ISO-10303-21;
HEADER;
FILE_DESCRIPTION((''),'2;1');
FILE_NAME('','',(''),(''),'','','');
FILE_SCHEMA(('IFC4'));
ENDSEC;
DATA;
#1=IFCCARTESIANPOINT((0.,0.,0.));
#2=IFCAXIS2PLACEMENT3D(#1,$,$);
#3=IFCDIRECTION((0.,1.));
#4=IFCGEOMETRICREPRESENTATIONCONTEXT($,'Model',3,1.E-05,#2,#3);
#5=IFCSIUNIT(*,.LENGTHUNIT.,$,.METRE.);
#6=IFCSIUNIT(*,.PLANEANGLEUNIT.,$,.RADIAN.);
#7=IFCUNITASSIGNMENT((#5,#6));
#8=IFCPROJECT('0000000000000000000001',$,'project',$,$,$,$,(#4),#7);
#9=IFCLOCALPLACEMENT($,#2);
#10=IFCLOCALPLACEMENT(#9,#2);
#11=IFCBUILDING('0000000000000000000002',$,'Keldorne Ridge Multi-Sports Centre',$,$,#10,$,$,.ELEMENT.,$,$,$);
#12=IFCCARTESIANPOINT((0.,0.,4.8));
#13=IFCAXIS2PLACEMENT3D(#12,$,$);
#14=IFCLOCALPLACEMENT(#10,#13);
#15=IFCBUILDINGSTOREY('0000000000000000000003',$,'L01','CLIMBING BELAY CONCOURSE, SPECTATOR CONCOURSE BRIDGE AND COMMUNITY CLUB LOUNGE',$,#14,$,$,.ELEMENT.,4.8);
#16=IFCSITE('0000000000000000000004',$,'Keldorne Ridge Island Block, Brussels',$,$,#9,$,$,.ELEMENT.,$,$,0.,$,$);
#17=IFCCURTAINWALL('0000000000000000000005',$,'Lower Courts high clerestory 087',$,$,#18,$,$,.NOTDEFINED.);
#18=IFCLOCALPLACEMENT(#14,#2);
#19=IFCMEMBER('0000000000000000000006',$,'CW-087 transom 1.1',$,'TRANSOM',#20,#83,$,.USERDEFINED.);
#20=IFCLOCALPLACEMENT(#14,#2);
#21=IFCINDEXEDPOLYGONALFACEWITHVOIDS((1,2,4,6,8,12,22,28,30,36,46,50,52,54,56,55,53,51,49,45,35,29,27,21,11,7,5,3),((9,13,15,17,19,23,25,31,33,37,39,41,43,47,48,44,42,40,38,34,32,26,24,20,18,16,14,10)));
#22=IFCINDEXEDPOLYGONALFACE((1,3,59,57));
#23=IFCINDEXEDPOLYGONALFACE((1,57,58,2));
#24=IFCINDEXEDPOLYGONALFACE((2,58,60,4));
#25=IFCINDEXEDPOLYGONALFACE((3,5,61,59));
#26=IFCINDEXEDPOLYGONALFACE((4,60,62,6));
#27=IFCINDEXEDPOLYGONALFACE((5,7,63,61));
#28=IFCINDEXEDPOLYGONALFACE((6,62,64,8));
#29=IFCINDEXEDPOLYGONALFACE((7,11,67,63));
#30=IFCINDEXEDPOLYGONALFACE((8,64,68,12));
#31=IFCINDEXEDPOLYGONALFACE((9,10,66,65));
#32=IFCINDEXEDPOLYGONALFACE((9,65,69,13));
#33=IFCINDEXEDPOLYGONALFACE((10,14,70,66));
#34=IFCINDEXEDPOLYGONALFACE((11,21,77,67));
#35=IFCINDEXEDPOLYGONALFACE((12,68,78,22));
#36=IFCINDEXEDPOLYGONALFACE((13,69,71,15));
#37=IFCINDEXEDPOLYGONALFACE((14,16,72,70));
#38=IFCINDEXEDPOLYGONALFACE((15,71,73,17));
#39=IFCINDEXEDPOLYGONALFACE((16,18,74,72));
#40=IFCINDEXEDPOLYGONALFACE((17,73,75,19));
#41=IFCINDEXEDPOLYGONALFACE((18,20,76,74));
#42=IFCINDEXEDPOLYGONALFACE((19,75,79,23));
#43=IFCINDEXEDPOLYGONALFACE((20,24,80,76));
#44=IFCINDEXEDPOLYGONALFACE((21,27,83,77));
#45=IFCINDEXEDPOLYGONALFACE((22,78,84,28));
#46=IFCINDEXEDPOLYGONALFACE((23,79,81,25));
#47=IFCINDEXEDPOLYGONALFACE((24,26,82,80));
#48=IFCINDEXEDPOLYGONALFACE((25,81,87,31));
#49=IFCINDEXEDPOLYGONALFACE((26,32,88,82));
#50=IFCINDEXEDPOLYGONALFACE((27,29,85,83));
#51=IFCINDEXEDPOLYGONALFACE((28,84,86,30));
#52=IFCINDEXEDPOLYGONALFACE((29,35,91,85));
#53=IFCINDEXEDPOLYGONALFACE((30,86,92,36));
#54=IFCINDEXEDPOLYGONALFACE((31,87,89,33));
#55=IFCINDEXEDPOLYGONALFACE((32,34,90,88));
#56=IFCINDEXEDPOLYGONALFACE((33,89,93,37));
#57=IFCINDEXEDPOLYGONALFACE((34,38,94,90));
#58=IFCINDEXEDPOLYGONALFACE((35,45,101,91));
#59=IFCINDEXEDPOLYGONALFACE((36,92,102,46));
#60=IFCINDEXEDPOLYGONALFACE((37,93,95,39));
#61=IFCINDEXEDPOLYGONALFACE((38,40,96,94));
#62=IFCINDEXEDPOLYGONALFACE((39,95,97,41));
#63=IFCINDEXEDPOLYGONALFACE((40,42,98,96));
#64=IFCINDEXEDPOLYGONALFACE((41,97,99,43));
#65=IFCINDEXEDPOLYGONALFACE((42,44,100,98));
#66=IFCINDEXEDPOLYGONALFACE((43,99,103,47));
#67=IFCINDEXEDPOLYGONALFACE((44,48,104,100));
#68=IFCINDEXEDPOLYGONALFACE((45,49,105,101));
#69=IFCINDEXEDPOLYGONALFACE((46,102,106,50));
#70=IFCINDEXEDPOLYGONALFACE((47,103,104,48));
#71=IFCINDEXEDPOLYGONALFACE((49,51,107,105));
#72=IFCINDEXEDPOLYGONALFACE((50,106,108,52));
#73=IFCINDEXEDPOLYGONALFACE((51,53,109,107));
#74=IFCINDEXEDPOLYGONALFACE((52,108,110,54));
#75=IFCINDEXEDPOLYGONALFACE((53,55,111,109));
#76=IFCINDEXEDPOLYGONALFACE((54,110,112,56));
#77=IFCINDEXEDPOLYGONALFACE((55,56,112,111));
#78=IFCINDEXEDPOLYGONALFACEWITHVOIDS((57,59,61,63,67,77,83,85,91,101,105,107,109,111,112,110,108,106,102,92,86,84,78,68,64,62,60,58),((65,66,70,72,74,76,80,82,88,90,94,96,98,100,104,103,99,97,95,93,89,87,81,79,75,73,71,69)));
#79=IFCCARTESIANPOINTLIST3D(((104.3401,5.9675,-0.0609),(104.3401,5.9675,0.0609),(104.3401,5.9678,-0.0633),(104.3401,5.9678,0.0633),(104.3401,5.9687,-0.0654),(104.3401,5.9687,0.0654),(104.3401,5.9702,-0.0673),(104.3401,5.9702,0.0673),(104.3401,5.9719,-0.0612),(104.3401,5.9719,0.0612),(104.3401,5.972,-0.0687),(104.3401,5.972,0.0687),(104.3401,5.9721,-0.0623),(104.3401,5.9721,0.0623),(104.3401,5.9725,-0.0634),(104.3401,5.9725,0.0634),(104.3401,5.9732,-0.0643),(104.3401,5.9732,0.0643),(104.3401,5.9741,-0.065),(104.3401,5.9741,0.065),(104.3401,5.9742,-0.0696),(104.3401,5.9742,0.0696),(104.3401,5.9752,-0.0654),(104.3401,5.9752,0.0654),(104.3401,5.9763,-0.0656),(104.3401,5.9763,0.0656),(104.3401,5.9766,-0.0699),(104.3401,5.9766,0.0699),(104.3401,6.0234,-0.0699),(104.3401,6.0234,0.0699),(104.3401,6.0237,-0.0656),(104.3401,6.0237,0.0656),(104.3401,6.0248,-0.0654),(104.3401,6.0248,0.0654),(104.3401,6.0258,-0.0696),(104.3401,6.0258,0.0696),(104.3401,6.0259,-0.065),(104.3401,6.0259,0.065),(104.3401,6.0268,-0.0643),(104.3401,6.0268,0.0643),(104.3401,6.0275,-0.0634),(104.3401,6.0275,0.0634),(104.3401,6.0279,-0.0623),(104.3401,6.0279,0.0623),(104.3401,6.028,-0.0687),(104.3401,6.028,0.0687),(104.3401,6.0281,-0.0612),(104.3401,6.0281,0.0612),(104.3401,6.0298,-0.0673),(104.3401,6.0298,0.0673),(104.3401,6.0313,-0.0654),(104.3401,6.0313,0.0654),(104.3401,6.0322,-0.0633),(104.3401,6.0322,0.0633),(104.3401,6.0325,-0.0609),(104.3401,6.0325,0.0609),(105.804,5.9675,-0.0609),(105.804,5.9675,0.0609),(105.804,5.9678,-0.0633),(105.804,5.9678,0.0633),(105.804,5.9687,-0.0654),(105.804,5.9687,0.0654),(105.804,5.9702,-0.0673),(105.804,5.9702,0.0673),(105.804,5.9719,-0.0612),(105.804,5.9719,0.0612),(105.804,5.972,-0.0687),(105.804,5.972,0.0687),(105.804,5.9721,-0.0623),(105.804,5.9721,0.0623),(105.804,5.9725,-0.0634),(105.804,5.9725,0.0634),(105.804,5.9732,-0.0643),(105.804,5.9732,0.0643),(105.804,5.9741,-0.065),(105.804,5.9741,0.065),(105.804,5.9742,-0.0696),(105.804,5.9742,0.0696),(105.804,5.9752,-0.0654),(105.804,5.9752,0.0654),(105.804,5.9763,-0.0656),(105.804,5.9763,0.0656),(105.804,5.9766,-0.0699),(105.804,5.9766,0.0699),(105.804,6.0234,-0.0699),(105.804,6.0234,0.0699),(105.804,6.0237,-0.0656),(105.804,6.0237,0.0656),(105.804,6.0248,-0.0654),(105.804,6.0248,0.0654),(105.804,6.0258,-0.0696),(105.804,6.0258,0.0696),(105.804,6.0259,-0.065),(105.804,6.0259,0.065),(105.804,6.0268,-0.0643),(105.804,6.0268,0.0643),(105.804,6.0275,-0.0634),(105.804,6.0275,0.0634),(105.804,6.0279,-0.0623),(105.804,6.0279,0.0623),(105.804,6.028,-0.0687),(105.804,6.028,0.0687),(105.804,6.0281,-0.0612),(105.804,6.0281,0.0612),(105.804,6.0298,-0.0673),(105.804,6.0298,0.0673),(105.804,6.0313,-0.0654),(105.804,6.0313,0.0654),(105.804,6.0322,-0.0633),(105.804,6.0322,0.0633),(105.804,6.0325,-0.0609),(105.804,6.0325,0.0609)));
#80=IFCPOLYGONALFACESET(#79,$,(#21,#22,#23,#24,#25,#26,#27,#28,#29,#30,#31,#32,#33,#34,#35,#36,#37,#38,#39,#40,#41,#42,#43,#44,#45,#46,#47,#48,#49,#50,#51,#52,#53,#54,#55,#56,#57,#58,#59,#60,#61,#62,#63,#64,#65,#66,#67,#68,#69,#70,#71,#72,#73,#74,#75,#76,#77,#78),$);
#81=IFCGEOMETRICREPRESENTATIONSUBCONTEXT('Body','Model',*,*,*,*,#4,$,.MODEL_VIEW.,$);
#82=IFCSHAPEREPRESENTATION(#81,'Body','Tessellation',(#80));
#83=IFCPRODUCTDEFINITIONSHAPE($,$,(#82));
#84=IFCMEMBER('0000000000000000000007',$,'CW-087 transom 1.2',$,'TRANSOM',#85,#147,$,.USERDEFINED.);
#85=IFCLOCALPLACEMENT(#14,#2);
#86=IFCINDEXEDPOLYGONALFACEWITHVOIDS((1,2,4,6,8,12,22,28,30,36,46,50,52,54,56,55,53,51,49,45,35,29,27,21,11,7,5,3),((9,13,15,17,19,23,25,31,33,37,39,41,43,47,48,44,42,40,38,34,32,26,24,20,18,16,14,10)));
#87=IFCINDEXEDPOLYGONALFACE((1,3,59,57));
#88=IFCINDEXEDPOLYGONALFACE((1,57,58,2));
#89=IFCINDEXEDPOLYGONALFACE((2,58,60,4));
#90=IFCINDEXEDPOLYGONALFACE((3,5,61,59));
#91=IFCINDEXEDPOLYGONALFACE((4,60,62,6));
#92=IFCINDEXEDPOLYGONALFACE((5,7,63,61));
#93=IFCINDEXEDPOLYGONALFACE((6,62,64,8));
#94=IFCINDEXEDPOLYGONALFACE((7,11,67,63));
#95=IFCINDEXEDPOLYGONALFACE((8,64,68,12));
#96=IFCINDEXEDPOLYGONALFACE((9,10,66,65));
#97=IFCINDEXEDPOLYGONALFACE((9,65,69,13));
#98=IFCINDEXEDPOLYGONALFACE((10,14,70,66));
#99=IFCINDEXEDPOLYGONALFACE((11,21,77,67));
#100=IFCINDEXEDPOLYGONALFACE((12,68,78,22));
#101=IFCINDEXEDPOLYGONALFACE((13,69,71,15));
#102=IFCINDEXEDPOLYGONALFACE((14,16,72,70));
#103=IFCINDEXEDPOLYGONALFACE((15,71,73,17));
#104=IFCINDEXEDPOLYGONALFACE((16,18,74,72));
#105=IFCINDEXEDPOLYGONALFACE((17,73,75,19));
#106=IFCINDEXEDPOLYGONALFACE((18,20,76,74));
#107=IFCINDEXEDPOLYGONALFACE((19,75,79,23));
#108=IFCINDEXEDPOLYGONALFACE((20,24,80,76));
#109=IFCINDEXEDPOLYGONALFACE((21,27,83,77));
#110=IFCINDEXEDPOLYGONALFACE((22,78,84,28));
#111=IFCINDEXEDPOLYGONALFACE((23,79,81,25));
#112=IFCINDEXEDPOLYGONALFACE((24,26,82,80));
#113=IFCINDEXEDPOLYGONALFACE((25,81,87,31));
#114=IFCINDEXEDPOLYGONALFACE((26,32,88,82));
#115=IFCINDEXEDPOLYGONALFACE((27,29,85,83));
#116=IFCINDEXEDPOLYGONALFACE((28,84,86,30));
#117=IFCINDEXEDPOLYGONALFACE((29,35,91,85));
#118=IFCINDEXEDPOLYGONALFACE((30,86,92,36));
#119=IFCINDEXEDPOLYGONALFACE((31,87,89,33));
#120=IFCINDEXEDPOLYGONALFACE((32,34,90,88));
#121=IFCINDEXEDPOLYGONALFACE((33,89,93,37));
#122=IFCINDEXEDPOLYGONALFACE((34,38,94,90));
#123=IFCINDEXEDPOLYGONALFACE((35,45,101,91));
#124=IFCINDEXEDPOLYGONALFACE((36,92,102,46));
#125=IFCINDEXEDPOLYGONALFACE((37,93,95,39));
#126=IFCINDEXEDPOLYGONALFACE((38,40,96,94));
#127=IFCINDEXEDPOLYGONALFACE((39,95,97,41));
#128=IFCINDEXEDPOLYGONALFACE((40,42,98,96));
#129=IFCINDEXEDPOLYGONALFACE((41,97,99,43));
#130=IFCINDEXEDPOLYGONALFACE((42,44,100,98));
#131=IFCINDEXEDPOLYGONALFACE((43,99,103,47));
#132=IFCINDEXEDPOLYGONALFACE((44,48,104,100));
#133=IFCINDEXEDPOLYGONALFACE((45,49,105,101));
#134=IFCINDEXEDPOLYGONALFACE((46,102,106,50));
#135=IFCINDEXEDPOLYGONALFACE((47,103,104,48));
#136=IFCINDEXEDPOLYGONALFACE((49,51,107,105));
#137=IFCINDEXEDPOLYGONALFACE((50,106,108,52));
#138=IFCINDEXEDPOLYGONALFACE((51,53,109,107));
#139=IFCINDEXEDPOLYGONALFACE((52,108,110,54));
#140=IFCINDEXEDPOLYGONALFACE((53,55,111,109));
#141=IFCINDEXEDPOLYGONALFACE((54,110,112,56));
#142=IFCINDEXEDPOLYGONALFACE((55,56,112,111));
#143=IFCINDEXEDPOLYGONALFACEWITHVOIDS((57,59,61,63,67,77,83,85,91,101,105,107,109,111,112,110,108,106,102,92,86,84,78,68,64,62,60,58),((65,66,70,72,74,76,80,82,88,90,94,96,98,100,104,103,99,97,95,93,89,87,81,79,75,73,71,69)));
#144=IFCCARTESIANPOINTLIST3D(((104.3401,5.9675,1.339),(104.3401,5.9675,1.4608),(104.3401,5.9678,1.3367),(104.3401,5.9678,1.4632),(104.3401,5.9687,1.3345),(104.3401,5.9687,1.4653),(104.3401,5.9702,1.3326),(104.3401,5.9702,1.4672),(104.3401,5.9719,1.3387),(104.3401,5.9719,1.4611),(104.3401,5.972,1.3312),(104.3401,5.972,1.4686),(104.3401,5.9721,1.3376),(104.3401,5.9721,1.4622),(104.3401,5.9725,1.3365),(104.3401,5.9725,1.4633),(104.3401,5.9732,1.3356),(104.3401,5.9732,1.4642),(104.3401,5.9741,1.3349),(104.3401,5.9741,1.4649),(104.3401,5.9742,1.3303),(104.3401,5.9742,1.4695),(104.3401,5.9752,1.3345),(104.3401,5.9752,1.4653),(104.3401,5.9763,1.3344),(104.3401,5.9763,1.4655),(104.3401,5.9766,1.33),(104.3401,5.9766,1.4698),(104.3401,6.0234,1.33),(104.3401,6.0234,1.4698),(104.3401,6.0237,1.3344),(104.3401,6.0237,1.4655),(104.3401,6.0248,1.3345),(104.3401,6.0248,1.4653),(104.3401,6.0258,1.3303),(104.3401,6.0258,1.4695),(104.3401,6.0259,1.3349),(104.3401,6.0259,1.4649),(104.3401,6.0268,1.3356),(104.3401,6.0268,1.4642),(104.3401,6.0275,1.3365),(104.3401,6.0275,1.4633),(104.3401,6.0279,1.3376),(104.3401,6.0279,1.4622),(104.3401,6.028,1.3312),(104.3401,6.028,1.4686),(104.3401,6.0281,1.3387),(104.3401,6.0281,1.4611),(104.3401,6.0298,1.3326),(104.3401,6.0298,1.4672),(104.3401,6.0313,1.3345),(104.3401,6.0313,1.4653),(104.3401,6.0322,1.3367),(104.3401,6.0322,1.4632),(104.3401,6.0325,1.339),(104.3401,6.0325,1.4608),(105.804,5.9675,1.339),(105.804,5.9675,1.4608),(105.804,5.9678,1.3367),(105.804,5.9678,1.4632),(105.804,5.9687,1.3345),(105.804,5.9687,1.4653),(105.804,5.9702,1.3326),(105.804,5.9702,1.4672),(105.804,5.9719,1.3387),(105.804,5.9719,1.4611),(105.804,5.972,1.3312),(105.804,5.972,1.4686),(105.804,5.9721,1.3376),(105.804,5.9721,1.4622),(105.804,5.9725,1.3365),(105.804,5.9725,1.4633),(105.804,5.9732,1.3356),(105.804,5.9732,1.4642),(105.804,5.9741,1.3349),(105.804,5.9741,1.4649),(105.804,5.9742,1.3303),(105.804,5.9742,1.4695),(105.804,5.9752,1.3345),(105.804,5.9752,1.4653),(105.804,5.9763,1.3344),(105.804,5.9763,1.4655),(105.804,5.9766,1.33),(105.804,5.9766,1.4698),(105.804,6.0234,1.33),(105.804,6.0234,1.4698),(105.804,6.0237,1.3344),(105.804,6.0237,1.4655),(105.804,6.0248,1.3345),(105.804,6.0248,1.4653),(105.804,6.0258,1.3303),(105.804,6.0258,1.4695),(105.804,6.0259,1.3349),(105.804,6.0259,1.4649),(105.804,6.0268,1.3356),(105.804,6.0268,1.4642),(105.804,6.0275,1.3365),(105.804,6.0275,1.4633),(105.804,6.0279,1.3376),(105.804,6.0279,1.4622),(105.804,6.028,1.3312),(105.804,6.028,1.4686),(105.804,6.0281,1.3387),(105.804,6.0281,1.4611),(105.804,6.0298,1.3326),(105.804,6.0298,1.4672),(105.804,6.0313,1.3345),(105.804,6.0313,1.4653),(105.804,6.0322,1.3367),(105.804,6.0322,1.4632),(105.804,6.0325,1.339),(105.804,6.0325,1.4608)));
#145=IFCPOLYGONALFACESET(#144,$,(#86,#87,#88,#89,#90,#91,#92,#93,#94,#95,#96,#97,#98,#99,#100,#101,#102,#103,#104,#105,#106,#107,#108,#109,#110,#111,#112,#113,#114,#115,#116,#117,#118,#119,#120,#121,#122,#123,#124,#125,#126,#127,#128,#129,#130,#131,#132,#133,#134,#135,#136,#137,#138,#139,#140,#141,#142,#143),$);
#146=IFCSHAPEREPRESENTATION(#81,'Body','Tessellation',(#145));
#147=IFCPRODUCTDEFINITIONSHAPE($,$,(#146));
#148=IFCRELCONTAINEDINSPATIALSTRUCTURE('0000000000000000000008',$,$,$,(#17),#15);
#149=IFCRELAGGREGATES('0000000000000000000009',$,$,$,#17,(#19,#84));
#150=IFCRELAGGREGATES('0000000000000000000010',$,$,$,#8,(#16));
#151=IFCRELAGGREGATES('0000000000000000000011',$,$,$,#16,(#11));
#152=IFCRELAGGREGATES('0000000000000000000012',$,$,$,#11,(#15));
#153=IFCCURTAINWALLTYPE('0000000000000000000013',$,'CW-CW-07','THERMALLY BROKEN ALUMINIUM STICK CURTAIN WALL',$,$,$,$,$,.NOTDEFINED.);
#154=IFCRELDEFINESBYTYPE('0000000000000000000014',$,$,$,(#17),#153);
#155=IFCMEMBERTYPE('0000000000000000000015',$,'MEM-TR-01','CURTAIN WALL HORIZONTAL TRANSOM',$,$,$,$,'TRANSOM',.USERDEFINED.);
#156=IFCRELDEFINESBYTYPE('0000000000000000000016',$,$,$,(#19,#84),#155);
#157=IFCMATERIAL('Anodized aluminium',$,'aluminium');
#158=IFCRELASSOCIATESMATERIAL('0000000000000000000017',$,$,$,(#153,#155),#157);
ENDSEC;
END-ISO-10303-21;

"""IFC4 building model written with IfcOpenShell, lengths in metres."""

from ifc_helpers import new_model, si_unit, direction, frame, origin, origin_2d, place, context, subcontext, project, spatial, hollow_rectangle, extrude, material, material_profile, profile_set, type_object, element, aggregate, save


model = new_model("IFC4")

# Units and contexts
model_context = context("Model", 3, precision=1e-05, world=origin(), true_north=direction((0.0, 1.0)))
body_context = subcontext(model_context, "Body", "Model", "MODEL_VIEW")
ifc_project = project(units=[si_unit("LENGTHUNIT", "METRE"), si_unit("PLANEANGLEUNIT", "RADIAN")], contexts=[model_context])

# Site, building, storey
site_placement = place(None, origin())
site = spatial("IfcSite", under=ifc_project, at=site_placement, Name="Keldorne Ridge Island Block, Brussels", CompositionType="ELEMENT", RefElevation=0.0)
building_placement = place(site_placement, origin())
building = spatial("IfcBuilding", under=site, at=building_placement, Name="Keldorne Ridge Multi-Sports Centre", CompositionType="ELEMENT")
storey_placement = place(building_placement, frame((0.0, 0.0, 4.8)))
storey = spatial("IfcBuildingStorey", under=building, at=storey_placement, Name="L01", Description="CLIMBING BELAY CONCOURSE, SPECTATOR CONCOURSE BRIDGE AND COMMUNITY CLUB LOUNGE", CompositionType="ELEMENT", Elevation=4.8)

# Curtain wall, members
ifc_material_1 = material(Name="Anodized aluminium", Category="aluminium")
curtain_wall_type = type_object("IfcCurtainWallType", Name="CW-CW-07", Description="THERMALLY BROKEN ALUMINIUM STICK CURTAIN WALL", PredefinedType="NOTDEFINED", material=ifc_material_1)
curtain_wall_placement = place(storey_placement, origin())
curtain_wall = element("IfcCurtainWall", 1, at=curtain_wall_placement, inside=storey, type_object=curtain_wall_type, Name="Lower Courts high clerestory 087", PredefinedType="NOTDEFINED")
ifc_material_profile_1 = material_profile(ifc_material_1, hollow_rectangle(XDim=0.0649, YDim=0.1399, WallThickness=0.0044, InnerFilletRadius=0.0044, OuterFilletRadius=0.009, at=origin_2d()), Name="ALU TRANSOM 140x65x4.5")
ifc_profile_set_1 = profile_set([ifc_material_profile_1], Name="Anodized aluminium")
member_type_1 = type_object("IfcMemberType", Name="MEM-TR-01", Description="CURTAIN WALL HORIZONTAL TRANSOM", ElementType="TRANSOM", PredefinedType="USERDEFINED", material=ifc_profile_set_1)
member_1_placement = place(storey_placement, frame((104.3401, 6.0, 0.0), z_axis=(1.0, 0.0, 0.0), x_axis=(0.0, 1.0, 0.0)))
member_1 = element("IfcMember", 2, at=member_1_placement, type_object=member_type_1, Name="CW-087 transom 1.1", ObjectType="TRANSOM", PredefinedType="USERDEFINED", context=body_context, shape_type="SweptSolid", body=[
    extrude(hollow_rectangle(XDim=0.0649, YDim=0.1399, WallThickness=0.0044, InnerFilletRadius=0.0044, OuterFilletRadius=0.009, at=origin_2d()), origin(), (0.0, 0.0, 1.0), 1.4639),
])
member_2_placement = place(storey_placement, frame((104.3401, 6.0, 1.3999), z_axis=(1.0, 0.0, 0.0), x_axis=(0.0, 1.0, 0.0)))
member_2 = element("IfcMember", 3, at=member_2_placement, type_object=member_type_1, Name="CW-087 transom 1.2", ObjectType="TRANSOM", PredefinedType="USERDEFINED", context=body_context, shape_type="SweptSolid", body=[
    extrude(hollow_rectangle(XDim=0.0649, YDim=0.1399, WallThickness=0.0044, InnerFilletRadius=0.0044, OuterFilletRadius=0.009, at=origin_2d()), origin(), (0.0, 0.0, 1.0), 1.4639),
])
aggregate(curtain_wall, [member_1, member_2])

save(model, "model.ifc")
